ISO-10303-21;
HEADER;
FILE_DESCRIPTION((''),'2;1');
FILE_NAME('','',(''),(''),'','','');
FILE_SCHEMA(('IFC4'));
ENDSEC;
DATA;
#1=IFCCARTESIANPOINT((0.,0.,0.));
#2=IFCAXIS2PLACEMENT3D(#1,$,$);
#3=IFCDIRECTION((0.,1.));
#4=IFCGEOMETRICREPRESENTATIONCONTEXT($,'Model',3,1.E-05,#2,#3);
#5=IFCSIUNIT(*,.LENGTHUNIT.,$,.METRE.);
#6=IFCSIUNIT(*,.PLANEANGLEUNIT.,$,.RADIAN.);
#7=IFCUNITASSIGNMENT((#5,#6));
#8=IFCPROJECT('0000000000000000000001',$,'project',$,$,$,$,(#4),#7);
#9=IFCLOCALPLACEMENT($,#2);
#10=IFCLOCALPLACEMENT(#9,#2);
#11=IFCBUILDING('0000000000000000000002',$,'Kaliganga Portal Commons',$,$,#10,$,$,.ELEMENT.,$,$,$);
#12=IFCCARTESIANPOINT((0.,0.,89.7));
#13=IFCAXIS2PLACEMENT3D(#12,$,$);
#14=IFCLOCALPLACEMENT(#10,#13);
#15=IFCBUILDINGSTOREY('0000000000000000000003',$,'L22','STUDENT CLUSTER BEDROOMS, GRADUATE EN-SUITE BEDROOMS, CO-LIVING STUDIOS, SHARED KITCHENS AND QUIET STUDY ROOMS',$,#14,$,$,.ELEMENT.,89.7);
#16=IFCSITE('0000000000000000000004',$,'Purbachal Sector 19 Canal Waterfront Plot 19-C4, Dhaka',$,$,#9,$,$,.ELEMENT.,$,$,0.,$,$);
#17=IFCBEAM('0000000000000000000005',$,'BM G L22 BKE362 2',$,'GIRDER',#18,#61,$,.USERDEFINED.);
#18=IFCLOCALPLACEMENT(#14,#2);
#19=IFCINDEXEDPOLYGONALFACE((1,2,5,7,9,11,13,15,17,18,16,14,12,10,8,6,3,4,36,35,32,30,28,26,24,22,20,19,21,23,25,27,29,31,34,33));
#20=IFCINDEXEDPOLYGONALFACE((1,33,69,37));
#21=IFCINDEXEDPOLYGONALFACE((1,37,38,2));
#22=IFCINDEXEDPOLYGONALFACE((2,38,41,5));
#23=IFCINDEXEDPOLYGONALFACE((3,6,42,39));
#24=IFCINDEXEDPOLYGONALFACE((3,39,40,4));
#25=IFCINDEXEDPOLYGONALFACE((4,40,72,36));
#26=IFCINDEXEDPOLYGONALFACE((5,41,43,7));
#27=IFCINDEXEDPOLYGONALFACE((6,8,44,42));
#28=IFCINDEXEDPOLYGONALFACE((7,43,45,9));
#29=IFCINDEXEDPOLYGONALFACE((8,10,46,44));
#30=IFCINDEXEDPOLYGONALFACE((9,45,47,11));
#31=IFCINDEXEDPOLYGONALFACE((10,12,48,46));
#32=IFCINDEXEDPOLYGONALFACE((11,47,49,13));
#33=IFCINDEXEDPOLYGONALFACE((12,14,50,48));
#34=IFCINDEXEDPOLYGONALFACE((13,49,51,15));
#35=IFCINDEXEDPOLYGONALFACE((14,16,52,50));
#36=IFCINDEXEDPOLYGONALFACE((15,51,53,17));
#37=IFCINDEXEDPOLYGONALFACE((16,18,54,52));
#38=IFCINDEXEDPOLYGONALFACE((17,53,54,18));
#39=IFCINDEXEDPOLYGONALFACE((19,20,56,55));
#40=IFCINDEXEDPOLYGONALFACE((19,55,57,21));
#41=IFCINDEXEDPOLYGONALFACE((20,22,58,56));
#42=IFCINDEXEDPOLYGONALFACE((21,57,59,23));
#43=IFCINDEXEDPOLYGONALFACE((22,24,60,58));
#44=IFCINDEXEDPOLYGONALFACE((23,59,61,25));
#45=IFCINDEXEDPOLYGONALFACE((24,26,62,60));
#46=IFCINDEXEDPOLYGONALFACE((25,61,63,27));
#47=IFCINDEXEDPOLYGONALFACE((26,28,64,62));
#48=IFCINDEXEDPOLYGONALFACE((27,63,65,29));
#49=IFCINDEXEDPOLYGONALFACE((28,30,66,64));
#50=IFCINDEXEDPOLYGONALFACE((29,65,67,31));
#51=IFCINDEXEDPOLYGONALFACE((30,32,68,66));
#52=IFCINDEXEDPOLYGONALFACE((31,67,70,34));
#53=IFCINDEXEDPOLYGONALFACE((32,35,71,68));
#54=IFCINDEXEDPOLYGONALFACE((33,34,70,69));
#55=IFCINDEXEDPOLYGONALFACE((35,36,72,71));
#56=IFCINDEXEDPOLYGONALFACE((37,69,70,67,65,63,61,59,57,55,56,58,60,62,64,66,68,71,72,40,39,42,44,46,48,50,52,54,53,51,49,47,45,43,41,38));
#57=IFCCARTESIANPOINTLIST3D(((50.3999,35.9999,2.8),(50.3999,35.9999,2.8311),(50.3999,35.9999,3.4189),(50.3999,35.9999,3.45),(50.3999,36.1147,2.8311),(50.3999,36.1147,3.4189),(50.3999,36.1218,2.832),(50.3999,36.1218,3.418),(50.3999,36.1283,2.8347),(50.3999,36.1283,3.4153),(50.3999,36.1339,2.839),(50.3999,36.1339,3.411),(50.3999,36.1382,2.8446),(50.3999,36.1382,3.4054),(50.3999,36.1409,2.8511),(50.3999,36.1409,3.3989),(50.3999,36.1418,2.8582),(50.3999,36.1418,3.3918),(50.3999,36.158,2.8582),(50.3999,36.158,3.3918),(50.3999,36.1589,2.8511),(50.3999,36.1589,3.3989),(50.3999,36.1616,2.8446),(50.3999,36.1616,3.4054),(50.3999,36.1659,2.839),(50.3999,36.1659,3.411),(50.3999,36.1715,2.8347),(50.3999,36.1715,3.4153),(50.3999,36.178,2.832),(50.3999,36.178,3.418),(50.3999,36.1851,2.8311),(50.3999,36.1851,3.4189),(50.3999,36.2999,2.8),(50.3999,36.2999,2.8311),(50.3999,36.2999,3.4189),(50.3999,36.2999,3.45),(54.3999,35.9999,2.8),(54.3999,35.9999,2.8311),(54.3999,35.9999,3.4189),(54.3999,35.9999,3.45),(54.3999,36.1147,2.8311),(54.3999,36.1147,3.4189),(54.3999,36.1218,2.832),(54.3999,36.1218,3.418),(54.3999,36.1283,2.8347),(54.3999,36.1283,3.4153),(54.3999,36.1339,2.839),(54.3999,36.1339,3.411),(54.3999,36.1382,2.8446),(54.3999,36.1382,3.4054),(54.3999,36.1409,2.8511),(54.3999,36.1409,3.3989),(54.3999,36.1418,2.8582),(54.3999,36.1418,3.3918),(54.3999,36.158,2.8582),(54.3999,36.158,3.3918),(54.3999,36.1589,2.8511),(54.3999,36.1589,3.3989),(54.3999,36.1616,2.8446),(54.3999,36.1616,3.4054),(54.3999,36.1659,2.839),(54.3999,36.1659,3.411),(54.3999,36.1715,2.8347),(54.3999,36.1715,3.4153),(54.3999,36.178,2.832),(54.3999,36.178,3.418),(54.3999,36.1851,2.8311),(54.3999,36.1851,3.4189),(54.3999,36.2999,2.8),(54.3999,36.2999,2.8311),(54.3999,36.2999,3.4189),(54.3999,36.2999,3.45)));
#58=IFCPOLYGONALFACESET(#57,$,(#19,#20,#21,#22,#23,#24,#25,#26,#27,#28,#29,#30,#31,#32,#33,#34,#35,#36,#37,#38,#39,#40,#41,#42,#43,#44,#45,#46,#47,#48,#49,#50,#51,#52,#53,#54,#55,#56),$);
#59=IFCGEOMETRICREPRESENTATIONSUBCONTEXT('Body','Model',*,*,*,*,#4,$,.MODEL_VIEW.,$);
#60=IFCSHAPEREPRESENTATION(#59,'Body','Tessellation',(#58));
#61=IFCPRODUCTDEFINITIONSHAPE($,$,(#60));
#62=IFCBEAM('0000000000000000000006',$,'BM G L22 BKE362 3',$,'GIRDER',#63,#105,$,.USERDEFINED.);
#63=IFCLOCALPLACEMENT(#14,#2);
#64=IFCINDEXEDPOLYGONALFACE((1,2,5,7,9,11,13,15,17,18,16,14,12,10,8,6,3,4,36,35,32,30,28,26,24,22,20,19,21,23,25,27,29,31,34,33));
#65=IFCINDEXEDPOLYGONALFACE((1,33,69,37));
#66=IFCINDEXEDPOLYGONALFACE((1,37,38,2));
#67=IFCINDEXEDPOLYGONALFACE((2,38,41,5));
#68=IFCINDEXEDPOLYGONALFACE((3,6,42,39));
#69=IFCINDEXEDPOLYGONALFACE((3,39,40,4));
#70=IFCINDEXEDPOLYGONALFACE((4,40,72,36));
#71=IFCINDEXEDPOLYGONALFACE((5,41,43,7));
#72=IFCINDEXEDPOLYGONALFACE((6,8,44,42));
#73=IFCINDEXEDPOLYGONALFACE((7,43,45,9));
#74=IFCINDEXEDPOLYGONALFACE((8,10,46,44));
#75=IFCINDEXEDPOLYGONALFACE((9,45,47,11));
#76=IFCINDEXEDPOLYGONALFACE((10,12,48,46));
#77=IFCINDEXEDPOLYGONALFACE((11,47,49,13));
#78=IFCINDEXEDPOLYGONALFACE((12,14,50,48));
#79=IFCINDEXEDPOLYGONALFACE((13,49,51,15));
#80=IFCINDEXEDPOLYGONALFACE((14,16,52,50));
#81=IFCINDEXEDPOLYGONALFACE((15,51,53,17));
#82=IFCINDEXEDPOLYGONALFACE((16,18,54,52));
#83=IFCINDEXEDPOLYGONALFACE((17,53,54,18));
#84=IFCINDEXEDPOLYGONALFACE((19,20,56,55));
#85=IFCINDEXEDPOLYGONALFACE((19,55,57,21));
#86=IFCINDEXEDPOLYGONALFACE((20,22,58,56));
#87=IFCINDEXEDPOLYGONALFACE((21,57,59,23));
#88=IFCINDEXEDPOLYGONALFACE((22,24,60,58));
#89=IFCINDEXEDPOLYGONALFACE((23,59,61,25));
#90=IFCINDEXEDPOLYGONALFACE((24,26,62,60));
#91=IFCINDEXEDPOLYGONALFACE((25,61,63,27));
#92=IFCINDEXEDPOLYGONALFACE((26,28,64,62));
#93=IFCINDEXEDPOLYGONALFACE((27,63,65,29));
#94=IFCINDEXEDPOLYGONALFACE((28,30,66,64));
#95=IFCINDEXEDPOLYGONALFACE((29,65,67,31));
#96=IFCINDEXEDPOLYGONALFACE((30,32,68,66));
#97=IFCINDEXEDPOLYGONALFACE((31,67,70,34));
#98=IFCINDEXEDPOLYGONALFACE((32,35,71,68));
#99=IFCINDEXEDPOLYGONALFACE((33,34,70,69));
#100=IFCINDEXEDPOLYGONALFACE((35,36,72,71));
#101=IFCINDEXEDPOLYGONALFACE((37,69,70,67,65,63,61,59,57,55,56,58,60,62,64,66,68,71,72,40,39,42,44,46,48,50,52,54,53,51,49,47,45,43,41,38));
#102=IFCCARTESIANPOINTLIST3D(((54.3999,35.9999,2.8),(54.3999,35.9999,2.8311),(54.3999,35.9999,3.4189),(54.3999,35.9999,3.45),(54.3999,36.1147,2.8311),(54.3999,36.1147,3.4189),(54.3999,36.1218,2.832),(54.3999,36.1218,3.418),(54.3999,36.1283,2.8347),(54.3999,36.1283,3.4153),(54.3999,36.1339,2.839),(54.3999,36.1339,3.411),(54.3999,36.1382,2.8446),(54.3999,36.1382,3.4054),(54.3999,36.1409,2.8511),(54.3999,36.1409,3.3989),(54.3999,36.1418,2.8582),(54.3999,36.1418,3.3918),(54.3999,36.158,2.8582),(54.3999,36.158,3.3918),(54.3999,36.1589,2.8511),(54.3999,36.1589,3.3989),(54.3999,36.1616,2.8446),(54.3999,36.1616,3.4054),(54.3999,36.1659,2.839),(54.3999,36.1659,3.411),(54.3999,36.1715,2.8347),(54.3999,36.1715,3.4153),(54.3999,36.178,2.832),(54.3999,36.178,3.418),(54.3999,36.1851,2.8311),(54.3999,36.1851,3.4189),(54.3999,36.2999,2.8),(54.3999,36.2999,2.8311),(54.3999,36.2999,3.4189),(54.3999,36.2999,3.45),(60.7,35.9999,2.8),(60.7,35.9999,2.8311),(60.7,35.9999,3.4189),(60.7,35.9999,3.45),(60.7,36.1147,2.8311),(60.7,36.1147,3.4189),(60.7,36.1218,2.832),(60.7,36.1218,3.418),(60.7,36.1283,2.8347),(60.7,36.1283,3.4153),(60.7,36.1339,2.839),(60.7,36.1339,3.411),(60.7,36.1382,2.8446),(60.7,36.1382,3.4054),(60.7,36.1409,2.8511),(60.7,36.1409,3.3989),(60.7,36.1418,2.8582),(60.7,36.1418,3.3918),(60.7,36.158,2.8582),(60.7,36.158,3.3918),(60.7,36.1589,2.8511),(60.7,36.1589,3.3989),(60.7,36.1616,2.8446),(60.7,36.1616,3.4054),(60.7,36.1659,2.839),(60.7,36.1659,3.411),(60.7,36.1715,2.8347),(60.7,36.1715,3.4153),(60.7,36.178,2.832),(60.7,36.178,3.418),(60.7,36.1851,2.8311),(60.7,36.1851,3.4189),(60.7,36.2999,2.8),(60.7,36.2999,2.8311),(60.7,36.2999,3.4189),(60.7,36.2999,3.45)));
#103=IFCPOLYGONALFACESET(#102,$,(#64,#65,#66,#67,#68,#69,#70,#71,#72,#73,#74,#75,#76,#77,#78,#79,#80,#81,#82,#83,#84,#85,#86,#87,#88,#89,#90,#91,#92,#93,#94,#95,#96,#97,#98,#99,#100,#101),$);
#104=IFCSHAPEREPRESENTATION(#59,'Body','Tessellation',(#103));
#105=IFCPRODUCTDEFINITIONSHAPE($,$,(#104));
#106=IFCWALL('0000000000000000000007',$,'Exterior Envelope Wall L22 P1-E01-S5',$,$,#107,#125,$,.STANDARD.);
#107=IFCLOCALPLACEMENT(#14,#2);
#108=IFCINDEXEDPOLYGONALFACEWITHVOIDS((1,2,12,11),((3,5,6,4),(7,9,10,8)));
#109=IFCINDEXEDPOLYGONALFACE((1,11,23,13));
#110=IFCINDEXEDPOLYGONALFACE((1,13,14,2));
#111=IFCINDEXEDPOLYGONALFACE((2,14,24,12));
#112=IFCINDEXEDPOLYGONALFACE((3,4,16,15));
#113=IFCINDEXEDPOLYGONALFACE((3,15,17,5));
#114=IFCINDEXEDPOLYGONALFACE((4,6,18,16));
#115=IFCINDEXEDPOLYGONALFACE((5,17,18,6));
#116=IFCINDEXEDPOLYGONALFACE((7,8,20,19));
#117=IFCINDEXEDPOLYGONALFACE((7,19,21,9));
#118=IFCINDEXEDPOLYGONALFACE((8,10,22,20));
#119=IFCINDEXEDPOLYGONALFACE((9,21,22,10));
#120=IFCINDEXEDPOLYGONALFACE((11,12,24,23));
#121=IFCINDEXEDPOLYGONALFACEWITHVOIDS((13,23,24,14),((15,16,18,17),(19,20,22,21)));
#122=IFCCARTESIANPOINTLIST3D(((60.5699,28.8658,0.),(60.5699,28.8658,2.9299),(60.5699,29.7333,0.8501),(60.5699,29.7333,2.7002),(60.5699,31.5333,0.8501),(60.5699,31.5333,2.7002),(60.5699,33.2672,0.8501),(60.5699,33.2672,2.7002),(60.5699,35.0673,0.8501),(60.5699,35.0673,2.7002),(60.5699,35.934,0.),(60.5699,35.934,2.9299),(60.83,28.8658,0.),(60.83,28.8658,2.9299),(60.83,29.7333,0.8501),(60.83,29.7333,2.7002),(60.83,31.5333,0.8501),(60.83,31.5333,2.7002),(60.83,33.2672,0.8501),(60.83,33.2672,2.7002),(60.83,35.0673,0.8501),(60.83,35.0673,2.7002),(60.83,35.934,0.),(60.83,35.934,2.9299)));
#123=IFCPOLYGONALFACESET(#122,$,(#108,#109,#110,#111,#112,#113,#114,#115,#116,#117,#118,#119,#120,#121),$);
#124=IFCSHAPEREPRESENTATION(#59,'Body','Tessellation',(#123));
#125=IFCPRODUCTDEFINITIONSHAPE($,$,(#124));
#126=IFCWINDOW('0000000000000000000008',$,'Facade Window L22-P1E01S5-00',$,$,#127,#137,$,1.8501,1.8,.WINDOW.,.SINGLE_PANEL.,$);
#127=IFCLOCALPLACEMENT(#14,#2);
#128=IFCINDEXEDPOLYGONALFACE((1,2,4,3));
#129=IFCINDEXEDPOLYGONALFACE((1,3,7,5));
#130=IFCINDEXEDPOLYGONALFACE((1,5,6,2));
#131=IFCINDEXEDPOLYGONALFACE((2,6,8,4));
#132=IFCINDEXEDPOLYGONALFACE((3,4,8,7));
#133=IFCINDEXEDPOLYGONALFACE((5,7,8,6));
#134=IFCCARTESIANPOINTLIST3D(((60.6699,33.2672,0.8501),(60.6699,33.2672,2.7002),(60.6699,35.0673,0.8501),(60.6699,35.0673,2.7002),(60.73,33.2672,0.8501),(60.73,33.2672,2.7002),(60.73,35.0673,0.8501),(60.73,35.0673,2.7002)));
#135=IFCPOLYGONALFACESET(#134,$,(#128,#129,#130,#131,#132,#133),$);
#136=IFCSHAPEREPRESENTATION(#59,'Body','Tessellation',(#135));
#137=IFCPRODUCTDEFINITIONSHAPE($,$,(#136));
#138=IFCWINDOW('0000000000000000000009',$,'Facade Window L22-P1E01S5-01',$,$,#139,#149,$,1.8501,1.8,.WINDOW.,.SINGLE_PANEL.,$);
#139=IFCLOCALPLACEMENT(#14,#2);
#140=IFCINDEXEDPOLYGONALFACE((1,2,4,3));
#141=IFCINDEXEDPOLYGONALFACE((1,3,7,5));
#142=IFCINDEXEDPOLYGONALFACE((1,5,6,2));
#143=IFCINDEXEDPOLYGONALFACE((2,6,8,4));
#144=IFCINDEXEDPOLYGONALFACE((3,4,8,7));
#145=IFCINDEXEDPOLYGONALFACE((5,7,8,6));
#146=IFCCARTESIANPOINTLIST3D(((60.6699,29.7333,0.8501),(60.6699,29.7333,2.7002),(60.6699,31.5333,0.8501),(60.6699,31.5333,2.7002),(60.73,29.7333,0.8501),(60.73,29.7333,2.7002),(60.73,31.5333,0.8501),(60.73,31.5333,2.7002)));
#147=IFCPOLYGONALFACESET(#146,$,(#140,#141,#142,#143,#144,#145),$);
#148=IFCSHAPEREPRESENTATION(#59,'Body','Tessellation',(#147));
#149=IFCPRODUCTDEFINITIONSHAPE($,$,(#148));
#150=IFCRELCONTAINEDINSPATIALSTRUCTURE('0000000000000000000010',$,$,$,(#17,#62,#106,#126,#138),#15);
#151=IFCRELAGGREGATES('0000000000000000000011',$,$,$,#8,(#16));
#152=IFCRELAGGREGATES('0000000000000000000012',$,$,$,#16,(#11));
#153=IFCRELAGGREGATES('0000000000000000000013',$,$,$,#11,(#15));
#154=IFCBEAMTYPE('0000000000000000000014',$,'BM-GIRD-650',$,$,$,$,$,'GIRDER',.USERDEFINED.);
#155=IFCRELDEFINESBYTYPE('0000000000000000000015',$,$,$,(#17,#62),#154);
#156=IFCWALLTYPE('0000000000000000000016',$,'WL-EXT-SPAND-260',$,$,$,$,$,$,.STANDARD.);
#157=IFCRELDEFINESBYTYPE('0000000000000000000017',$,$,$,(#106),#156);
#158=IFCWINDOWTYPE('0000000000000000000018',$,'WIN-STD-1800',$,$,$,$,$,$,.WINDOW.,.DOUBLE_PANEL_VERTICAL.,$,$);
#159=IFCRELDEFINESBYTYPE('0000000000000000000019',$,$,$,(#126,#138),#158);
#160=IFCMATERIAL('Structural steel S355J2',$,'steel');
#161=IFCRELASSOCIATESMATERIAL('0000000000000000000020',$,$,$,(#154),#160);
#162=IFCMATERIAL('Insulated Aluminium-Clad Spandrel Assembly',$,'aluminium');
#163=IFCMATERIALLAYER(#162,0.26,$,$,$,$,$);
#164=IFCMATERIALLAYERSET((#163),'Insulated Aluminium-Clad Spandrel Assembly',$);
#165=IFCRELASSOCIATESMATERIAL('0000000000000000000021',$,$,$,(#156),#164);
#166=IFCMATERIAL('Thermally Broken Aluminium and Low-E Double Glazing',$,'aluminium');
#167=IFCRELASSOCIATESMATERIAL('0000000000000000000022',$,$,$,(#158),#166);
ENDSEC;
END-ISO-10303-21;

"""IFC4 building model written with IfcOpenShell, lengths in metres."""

from ifc_helpers import new_model, si_unit, direction, frame, frame_2d, origin, origin_2d, place, context, subcontext, project, spatial, rectangle, i_section, extrude, source, transform, mapped, material, layer, layer_set, material_profile, profile_set, type_object, element, fill, save


model = new_model("IFC4")

# Units and contexts
model_context = context("Model", 3, precision=1e-05, world=origin(), true_north=direction((0.0, 1.0)))
body_context = subcontext(model_context, "Body", "Model", "MODEL_VIEW")
ifc_project = project(units=[si_unit("LENGTHUNIT", "METRE"), si_unit("PLANEANGLEUNIT", "RADIAN")], contexts=[model_context])

# Site, building, storey
site_placement = place(None, origin())
site = spatial("IfcSite", under=ifc_project, at=site_placement, Name="Purbachal Sector 19 Canal Waterfront Plot 19-C4, Dhaka", CompositionType="ELEMENT", RefElevation=0.0)
building_placement = place(site_placement, origin())
building = spatial("IfcBuilding", under=site, at=building_placement, Name="Kaliganga Portal Commons", CompositionType="ELEMENT")
storey_placement = place(building_placement, frame((0.0, 0.0, 89.7)))
storey = spatial("IfcBuildingStorey", under=building, at=storey_placement, Name="L22", Description="STUDENT CLUSTER BEDROOMS, GRADUATE EN-SUITE BEDROOMS, CO-LIVING STUDIOS, SHARED KITCHENS AND QUIET STUDY ROOMS", CompositionType="ELEMENT", Elevation=89.7)

# Beams
ifc_material_1 = material(Name="Structural steel S355J2", Category="steel")
ifc_material_profile_1 = material_profile(ifc_material_1, i_section(OverallWidth=0.3, OverallDepth=0.6499, WebThickness=0.0161, FlangeThickness=0.031, FilletRadius=0.0271, at=origin_2d()), Name="HE 650 B")
ifc_profile_set_1 = profile_set([ifc_material_profile_1], Name="Structural steel S355J2 wide-flange")
beam_type_1 = type_object("IfcBeamType", Name="BM-GIRD-650", ElementType="GIRDER", PredefinedType="USERDEFINED", material=ifc_profile_set_1)
shared_shape_1 = source(origin(), body_context, "Body", "SweptSolid", [
    extrude(i_section(OverallWidth=0.3, OverallDepth=0.6499, WebThickness=0.0161, FlangeThickness=0.031, FilletRadius=0.0271, at=origin_2d()), origin(), (0.0, 0.0, 1.0), 4.0),
])
beam_1_placement = place(storey_placement, frame((50.3999, 36.1499, 3.125), z_axis=(1.0, 0.0, 0.0), x_axis=(0.0, 1.0, 0.0)))
element("IfcBeam", 1, at=beam_1_placement, inside=storey, type_object=beam_type_1, Name="BM G L22 BKE362 2", ObjectType="GIRDER", PredefinedType="USERDEFINED", context=body_context, shape_type="MappedRepresentation", body=[
    mapped(shared_shape_1, transform((0.0, 0.0, 0.0), x_axis=(1.0, 0.0, 0.0), y_axis=(0.0, 1.0, 0.0), z_axis=(0.0, 0.0, 1.0), scale=1.0)),
])
shared_shape_2 = source(origin(), body_context, "Body", "SweptSolid", [
    extrude(i_section(OverallWidth=0.3, OverallDepth=0.6499, WebThickness=0.0161, FlangeThickness=0.031, FilletRadius=0.0271, at=origin_2d()), origin(), (0.0, 0.0, 1.0), 6.3),
])
beam_2_placement = place(storey_placement, frame((54.3999, 36.1499, 3.125), z_axis=(1.0, 0.0, 0.0), x_axis=(0.0, 1.0, 0.0)))
element("IfcBeam", 2, at=beam_2_placement, inside=storey, type_object=beam_type_1, Name="BM G L22 BKE362 3", ObjectType="GIRDER", PredefinedType="USERDEFINED", context=body_context, shape_type="MappedRepresentation", body=[
    mapped(shared_shape_2, transform((0.0, 0.0, 0.0), x_axis=(1.0, 0.0, 0.0), y_axis=(0.0, 1.0, 0.0), z_axis=(0.0, 0.0, 1.0), scale=1.0)),
])

# Wall, openings, windows
ifc_material_2 = material(Name="Insulated Aluminium-Clad Spandrel Assembly", Category="aluminium")
ifc_layer_1 = layer(ifc_material_2, 0.26)
ifc_layer_set_1 = layer_set([ifc_layer_1], Name="Insulated Aluminium-Clad Spandrel Assembly")
wall_type_1 = type_object("IfcWallType", Name="WL-EXT-SPAND-260", PredefinedType="STANDARD", material=ifc_layer_set_1)
wall_1_placement = place(storey_placement, frame((60.7, 35.9341, 0.0), z_axis=(0.0, 0.0, 1.0), x_axis=(0.0, -1.0, 0.0)))
wall_1 = element("IfcWall", 3, at=wall_1_placement, inside=storey, type_object=wall_type_1, Name="Exterior Envelope Wall L22 P1-E01-S5", PredefinedType="STANDARD", context=body_context, shape_type="SweptSolid", body=[
    extrude(rectangle(XDim=7.0681, YDim=0.26, at=frame_2d((3.5342, 0.0))), origin(), (0.0, 0.0, 1.0), 2.9299),
])
opening_1_placement = place(wall_1_placement, frame((0.8669, 0.0, 0.8501)))
opening_1 = element("IfcOpeningElement", 4, at=opening_1_placement, cuts=wall_1, PredefinedType="OPENING", context=body_context, shape_type="SweptSolid", body=[
    extrude(rectangle(XDim=1.8, YDim=1.8501, at=frame_2d((0.8999, 0.925))), frame((0.0, 0.1401, 0.0), z_axis=(0.0, -1.0, 0.0), x_axis=(1.0, 0.0, 0.0)), (0.0, 0.0, 1.0), 0.28),
])
opening_2_placement = place(wall_1_placement, frame((4.4009, 0.0, 0.8501)))
opening_2 = element("IfcOpeningElement", 5, at=opening_2_placement, cuts=wall_1, PredefinedType="OPENING", context=body_context, shape_type="SweptSolid", body=[
    extrude(rectangle(XDim=1.8, YDim=1.8501, at=frame_2d((0.8999, 0.925))), frame((0.0, 0.1401, 0.0), z_axis=(0.0, -1.0, 0.0), x_axis=(1.0, 0.0, 0.0)), (0.0, 0.0, 1.0), 0.28),
])
ifc_material_3 = material(Name="Thermally Broken Aluminium and Low-E Double Glazing", Category="aluminium")
window_type_1 = type_object("IfcWindowType", Name="WIN-STD-1800", PartitioningType="DOUBLE_PANEL_VERTICAL", PredefinedType="WINDOW", material=ifc_material_3)
window_1_placement = place(opening_1_placement, origin())
window_1 = element("IfcWindow", 6, at=window_1_placement, inside=storey, type_object=window_type_1, Name="Facade Window L22-P1E01S5-00", OverallHeight=1.8501, OverallWidth=1.8, PartitioningType="SINGLE_PANEL", PredefinedType="WINDOW", context=body_context, shape_type="SweptSolid", body=[
    extrude(rectangle(XDim=1.8, YDim=1.8501, at=frame_2d((0.8999, 0.925))), frame((0.0, 0.03, 0.0), z_axis=(0.0, -1.0, 0.0), x_axis=(1.0, 0.0, 0.0)), (0.0, 0.0, 1.0), 0.0601),
])
fill(opening_1, window_1)
window_2_placement = place(opening_2_placement, origin())
window_2 = element("IfcWindow", 7, at=window_2_placement, inside=storey, type_object=window_type_1, Name="Facade Window L22-P1E01S5-01", OverallHeight=1.8501, OverallWidth=1.8, PartitioningType="SINGLE_PANEL", PredefinedType="WINDOW", context=body_context, shape_type="SweptSolid", body=[
    extrude(rectangle(XDim=1.8, YDim=1.8501, at=frame_2d((0.8999, 0.925))), frame((0.0, 0.03, 0.0), z_axis=(0.0, -1.0, 0.0), x_axis=(1.0, 0.0, 0.0)), (0.0, 0.0, 1.0), 0.0601),
])
fill(opening_2, window_2)

save(model, "model.ifc")
